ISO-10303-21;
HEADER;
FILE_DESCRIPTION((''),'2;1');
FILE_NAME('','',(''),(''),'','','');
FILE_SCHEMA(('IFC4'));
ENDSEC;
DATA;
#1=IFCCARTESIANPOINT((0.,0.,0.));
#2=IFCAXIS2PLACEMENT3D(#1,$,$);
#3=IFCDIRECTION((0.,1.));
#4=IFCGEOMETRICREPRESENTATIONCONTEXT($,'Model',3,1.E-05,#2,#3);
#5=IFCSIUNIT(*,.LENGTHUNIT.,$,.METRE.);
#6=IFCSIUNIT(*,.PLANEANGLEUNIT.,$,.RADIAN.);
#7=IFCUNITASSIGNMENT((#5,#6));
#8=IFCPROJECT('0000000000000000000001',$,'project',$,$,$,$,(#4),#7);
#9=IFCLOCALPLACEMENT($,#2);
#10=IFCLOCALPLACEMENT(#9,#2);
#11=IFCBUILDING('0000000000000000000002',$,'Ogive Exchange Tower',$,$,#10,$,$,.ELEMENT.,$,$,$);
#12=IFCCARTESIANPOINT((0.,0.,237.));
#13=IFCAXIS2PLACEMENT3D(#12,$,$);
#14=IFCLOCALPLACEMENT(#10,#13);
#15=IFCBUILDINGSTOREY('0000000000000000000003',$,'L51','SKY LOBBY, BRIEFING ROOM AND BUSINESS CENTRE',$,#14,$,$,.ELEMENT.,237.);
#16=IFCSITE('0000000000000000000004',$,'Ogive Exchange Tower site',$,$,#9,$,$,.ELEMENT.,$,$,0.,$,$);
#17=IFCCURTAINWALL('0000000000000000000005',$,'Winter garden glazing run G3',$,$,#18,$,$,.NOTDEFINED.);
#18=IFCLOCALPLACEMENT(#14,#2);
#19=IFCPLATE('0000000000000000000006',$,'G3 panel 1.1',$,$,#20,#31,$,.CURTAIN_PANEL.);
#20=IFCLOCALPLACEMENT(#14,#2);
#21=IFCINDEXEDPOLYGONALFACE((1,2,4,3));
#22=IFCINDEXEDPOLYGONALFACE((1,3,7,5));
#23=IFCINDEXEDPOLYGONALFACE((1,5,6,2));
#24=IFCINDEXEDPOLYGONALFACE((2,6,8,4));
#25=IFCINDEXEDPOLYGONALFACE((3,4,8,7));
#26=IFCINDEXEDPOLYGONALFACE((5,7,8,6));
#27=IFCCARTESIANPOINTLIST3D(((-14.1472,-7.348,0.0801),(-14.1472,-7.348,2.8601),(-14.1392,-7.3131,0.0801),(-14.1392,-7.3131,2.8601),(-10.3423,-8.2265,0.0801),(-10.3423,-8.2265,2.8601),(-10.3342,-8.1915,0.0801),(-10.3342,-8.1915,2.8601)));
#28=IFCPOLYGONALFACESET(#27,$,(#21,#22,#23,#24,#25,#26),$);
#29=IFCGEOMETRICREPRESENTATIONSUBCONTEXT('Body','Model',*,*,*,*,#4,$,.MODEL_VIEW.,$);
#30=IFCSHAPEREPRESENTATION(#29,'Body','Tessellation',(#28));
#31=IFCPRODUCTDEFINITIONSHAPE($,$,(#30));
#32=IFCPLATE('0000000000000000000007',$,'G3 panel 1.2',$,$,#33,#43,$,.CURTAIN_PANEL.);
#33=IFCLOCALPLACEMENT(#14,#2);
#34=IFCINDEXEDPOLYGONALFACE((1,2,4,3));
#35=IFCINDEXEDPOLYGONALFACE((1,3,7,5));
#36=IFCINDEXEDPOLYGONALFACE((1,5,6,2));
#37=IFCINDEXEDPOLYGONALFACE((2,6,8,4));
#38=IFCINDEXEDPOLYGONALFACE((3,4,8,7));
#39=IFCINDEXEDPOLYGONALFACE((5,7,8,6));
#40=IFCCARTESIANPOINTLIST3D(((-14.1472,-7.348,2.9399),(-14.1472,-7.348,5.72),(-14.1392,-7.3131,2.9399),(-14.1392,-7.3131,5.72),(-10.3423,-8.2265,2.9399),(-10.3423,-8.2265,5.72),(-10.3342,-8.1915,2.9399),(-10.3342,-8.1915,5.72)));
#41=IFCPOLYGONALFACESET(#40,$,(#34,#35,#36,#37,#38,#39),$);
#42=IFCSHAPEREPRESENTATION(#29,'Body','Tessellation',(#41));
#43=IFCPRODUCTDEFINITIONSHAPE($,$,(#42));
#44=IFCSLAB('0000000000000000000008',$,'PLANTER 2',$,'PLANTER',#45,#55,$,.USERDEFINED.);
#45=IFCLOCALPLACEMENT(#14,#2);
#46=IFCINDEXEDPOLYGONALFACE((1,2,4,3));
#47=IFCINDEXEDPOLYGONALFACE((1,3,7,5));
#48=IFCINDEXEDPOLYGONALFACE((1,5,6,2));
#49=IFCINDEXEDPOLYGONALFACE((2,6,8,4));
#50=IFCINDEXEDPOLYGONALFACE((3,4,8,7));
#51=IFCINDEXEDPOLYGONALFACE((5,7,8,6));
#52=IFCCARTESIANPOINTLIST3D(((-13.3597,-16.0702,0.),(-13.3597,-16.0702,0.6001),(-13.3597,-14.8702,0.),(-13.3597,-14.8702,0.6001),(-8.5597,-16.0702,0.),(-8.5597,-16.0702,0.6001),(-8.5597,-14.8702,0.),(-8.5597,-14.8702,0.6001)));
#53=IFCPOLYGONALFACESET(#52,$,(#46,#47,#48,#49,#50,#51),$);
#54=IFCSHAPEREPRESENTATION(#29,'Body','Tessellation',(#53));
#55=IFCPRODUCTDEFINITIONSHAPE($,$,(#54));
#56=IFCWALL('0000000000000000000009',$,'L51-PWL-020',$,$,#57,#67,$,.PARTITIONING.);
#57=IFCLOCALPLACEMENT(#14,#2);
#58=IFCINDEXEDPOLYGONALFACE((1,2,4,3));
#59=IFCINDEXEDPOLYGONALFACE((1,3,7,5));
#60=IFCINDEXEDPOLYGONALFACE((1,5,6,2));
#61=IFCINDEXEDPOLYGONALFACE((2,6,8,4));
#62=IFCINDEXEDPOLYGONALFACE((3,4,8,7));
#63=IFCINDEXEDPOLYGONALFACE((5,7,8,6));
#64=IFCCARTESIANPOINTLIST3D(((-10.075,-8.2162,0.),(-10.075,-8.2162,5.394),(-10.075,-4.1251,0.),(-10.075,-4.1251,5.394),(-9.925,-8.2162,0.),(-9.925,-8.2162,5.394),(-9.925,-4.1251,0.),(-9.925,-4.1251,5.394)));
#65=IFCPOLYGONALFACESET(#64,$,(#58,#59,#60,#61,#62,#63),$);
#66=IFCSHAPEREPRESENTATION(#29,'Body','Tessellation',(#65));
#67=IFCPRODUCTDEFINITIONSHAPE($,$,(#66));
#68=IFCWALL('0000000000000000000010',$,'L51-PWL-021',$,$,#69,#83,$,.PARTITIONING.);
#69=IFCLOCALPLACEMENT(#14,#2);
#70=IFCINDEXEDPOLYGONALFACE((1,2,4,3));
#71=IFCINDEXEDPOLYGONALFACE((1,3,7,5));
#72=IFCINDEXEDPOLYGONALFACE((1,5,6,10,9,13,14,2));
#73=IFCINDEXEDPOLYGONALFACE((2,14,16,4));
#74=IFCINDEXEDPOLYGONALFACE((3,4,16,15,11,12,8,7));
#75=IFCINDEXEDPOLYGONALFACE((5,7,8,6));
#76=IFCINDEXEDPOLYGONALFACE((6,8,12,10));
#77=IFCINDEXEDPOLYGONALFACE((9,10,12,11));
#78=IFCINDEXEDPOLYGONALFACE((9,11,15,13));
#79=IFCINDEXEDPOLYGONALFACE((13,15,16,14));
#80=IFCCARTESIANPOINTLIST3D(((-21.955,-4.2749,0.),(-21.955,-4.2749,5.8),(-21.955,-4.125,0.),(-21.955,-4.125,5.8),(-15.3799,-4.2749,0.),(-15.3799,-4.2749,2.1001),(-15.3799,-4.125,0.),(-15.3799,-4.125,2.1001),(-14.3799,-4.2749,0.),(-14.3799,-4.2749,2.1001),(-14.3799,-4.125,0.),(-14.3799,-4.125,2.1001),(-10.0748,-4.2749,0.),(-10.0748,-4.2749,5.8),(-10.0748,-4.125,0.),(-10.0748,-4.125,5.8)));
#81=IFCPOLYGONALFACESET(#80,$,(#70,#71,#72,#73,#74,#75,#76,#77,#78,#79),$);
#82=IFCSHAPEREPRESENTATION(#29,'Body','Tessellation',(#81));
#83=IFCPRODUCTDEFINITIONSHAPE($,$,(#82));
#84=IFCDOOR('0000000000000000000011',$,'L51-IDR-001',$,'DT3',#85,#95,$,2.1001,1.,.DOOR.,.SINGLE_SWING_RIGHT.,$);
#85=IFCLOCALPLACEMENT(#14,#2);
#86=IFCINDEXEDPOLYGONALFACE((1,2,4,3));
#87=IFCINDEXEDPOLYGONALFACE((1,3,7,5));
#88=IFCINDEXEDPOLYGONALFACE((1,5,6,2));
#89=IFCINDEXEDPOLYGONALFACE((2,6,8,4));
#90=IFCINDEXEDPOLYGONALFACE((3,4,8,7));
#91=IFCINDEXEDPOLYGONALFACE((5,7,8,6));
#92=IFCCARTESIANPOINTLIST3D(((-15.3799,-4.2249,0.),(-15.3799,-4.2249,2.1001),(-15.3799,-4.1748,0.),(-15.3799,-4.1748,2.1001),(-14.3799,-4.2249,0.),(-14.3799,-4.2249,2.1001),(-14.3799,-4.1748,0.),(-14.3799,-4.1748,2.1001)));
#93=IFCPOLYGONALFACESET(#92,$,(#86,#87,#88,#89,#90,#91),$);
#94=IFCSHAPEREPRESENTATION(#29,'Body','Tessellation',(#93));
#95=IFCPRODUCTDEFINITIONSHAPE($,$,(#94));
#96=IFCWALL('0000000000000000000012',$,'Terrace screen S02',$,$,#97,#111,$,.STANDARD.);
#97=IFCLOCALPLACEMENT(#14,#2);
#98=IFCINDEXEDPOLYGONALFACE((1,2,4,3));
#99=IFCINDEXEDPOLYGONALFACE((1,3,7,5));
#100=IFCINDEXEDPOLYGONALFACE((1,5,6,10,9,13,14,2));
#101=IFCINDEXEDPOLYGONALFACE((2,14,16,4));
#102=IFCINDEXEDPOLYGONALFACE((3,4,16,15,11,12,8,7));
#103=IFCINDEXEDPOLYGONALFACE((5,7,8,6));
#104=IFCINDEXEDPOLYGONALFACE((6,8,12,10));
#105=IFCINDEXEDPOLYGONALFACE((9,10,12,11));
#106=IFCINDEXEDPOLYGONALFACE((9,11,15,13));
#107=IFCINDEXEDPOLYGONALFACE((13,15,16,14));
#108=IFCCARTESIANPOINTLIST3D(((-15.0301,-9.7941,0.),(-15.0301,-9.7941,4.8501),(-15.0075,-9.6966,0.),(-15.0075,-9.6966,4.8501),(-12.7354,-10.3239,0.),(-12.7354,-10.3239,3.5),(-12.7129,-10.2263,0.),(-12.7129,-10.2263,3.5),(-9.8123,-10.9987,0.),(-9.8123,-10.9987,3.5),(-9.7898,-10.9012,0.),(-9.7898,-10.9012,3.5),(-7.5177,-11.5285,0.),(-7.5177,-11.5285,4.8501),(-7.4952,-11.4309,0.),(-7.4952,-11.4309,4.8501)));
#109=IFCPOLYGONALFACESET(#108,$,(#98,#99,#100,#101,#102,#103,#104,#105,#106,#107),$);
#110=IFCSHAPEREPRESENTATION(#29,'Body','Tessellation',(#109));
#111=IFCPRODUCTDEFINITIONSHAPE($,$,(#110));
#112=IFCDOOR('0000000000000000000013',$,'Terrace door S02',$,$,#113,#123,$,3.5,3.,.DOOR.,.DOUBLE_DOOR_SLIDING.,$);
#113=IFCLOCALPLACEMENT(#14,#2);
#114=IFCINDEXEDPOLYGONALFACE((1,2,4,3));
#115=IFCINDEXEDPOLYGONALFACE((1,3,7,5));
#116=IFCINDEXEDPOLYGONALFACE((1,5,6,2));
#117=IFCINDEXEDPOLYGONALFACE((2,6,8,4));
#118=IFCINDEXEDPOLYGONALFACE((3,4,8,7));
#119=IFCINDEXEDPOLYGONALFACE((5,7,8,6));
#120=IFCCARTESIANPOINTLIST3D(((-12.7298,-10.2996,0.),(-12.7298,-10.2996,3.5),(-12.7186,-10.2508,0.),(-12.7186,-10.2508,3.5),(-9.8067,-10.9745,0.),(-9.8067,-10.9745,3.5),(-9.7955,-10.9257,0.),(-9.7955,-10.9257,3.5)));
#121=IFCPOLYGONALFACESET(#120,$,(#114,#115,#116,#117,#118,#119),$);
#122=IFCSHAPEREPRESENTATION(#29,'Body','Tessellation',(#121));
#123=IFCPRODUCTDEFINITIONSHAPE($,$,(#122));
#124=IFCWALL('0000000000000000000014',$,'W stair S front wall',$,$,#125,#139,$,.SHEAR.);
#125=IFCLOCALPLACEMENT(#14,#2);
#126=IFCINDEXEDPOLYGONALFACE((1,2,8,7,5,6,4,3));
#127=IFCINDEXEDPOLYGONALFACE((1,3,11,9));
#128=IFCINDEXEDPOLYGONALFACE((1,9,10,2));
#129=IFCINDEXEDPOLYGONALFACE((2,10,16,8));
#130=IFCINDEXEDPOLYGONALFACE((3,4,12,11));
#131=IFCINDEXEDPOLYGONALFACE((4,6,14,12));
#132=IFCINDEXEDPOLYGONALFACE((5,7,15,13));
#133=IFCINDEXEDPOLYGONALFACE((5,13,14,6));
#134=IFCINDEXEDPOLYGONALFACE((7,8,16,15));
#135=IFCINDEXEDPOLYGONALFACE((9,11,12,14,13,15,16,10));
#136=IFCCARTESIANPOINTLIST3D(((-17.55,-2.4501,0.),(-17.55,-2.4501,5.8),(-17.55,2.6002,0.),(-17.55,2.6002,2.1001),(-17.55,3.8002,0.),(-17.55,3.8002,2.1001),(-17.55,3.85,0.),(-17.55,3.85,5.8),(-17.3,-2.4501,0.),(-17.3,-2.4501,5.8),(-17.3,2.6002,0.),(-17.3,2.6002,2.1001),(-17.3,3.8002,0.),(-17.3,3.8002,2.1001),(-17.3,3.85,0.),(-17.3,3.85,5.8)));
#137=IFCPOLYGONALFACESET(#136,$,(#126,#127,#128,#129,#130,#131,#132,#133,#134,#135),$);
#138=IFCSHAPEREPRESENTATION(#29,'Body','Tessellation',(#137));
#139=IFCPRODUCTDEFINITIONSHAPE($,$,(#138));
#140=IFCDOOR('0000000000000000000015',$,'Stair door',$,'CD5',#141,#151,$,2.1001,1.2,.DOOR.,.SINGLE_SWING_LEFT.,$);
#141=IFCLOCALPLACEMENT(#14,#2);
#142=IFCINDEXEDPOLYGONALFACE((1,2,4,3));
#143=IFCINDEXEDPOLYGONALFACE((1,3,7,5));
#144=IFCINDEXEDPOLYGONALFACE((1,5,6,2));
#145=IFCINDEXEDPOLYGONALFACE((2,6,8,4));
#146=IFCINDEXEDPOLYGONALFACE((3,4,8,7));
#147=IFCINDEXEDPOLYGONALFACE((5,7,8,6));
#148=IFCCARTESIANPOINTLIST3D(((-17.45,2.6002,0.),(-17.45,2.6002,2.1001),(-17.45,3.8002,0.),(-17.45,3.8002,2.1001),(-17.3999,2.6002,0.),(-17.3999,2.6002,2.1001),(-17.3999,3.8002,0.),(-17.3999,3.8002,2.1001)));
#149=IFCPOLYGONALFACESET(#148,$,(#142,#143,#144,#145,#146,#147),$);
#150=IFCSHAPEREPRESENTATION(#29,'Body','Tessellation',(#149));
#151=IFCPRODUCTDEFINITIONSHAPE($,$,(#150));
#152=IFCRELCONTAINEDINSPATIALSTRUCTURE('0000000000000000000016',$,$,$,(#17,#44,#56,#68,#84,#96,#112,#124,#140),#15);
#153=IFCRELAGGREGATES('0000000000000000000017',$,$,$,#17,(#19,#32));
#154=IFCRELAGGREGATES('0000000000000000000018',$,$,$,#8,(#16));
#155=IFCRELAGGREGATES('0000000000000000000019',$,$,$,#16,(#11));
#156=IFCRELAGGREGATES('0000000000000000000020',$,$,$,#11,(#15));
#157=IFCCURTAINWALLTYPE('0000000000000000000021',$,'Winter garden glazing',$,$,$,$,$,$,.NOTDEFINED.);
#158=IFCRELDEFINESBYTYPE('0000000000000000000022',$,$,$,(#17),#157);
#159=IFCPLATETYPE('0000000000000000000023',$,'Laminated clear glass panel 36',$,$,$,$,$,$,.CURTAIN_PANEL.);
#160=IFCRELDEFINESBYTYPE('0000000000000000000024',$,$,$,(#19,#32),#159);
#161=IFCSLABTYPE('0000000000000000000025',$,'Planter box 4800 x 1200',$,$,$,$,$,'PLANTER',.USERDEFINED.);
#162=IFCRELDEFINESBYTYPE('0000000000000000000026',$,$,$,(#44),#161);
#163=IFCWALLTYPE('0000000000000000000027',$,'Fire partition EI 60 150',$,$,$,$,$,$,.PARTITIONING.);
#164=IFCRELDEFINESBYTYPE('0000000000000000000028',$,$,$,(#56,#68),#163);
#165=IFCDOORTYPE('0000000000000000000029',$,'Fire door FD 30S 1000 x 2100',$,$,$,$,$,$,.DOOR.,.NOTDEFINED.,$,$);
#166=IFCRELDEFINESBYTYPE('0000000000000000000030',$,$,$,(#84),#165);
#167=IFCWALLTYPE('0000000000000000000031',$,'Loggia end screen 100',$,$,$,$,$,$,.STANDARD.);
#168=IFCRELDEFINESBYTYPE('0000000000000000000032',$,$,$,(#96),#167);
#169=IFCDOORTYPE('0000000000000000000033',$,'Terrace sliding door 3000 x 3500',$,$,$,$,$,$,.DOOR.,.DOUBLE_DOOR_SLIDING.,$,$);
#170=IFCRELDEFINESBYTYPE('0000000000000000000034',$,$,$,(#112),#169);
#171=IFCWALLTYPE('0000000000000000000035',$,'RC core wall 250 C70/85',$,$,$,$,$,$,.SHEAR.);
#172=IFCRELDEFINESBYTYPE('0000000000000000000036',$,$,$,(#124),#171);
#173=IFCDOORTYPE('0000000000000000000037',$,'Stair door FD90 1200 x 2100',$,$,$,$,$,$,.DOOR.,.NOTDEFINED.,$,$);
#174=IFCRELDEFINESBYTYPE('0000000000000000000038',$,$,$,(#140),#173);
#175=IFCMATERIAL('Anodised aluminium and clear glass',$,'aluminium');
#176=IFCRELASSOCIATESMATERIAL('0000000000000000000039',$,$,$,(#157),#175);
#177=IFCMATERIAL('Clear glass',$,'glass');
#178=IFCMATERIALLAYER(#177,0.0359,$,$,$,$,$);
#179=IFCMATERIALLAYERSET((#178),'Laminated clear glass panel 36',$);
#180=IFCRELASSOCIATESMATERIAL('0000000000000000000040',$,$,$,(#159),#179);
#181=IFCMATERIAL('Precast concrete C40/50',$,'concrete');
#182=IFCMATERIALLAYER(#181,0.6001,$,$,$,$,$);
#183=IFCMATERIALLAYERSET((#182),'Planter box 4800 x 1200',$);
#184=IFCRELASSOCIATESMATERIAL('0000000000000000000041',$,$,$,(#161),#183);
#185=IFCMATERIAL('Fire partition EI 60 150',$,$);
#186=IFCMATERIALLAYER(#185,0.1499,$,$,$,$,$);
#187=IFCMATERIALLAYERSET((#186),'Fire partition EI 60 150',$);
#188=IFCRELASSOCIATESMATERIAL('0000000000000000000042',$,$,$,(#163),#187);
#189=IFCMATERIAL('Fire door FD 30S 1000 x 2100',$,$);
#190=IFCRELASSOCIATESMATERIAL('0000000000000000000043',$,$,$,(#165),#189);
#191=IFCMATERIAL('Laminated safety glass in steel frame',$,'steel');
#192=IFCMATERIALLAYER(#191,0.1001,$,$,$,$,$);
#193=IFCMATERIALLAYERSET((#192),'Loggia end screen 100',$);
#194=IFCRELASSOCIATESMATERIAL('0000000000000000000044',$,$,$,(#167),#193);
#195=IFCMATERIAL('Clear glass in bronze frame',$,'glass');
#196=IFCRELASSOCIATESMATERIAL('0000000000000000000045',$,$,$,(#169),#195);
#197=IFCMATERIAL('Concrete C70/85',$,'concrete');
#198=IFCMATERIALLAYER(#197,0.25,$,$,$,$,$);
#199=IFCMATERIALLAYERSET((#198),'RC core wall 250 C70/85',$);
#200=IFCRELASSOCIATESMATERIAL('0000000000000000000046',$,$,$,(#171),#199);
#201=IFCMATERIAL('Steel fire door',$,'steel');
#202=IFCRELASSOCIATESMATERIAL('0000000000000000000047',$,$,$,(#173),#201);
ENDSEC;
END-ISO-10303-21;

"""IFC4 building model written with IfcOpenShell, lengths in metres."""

from ifc_helpers import new_model, si_unit, direction, frame, frame_2d, origin, origin_2d, place, context, subcontext, project, spatial, rectangle, extrude, material, layer, layer_set, type_object, element, fill, aggregate, save


model = new_model("IFC4")

# Units and contexts
model_context = context("Model", 3, precision=1e-05, world=origin(), true_north=direction((0.0, 1.0)))
body_context = subcontext(model_context, "Body", "Model", "MODEL_VIEW")
ifc_project = project(units=[si_unit("LENGTHUNIT", "METRE"), si_unit("PLANEANGLEUNIT", "RADIAN")], contexts=[model_context])

# Site, building, storey
site_placement = place(None, origin())
site = spatial("IfcSite", under=ifc_project, at=site_placement, Name="Ogive Exchange Tower site", CompositionType="ELEMENT", RefElevation=0.0)
building_placement = place(site_placement, origin())
building = spatial("IfcBuilding", under=site, at=building_placement, Name="Ogive Exchange Tower", CompositionType="ELEMENT")
storey_placement = place(building_placement, frame((0.0, 0.0, 237.0)))
storey = spatial("IfcBuildingStorey", under=building, at=storey_placement, Name="L51", Description="SKY LOBBY, BRIEFING ROOM AND BUSINESS CENTRE", CompositionType="ELEMENT", Elevation=237.0)

# Curtain wall, plates
ifc_material_1 = material(Name="Anodised aluminium and clear glass", Category="aluminium")
curtain_wall_type = type_object("IfcCurtainWallType", Name="Winter garden glazing", PredefinedType="NOTDEFINED", material=ifc_material_1)
curtain_wall_placement = place(storey_placement, origin())
curtain_wall = element("IfcCurtainWall", 1, at=curtain_wall_placement, inside=storey, type_object=curtain_wall_type, Name="Winter garden glazing run G3", PredefinedType="NOTDEFINED")
ifc_material_2 = material(Name="Clear glass", Category="glass")
ifc_layer_1 = layer(ifc_material_2, 0.0359)
ifc_layer_set_1 = layer_set([ifc_layer_1], Name="Laminated clear glass panel 36")
plate_type = type_object("IfcPlateType", Name="Laminated clear glass panel 36", PredefinedType="CURTAIN_PANEL", material=ifc_layer_set_1)
plate_1_placement = place(storey_placement, frame((-12.2407, -7.7698, 0.0801), z_axis=(0.0, 0.0, 1.0), x_axis=(0.974368, -0.224958, 0.0)))
plate_1 = element("IfcPlate", 2, at=plate_1_placement, type_object=plate_type, Name="G3 panel 1.1", PredefinedType="CURTAIN_PANEL", context=body_context, shape_type="SweptSolid", body=[
    extrude(rectangle(XDim=3.905, YDim=0.0359, at=origin_2d()), origin(), (0.0, 0.0, 1.0), 2.78),
])
plate_2_placement = place(storey_placement, frame((-12.2407, -7.7698, 2.9399), z_axis=(0.0, 0.0, 1.0), x_axis=(0.974368, -0.224958, 0.0)))
plate_2 = element("IfcPlate", 3, at=plate_2_placement, type_object=plate_type, Name="G3 panel 1.2", PredefinedType="CURTAIN_PANEL", context=body_context, shape_type="SweptSolid", body=[
    extrude(rectangle(XDim=3.905, YDim=0.0359, at=origin_2d()), origin(), (0.0, 0.0, 1.0), 2.78),
])
aggregate(curtain_wall, [plate_1, plate_2])

# Slab
ifc_material_3 = material(Name="Precast concrete C40/50", Category="concrete")
ifc_layer_2 = layer(ifc_material_3, 0.6001)
ifc_layer_set_2 = layer_set([ifc_layer_2], Name="Planter box 4800 x 1200")
slab_type = type_object("IfcSlabType", Name="Planter box 4800 x 1200", ElementType="PLANTER", PredefinedType="USERDEFINED", material=ifc_layer_set_2)
slab_placement = place(storey_placement, frame((-10.9597, -15.4702, 0.0), z_axis=(0.0, 0.0, 1.0), x_axis=(1.0, 0.0, 0.0)))
element("IfcSlab", 4, at=slab_placement, inside=storey, type_object=slab_type, Name="PLANTER 2", ObjectType="PLANTER", PredefinedType="USERDEFINED", context=body_context, shape_type="SweptSolid", body=[
    extrude(rectangle(XDim=4.8, YDim=1.2, at=origin_2d()), origin(), (0.0, 0.0, 1.0), 0.6001),
])

# Wall
ifc_material_4 = material(Name="Fire partition EI 60 150")
ifc_layer_3 = layer(ifc_material_4, 0.1499)
ifc_layer_set_3 = layer_set([ifc_layer_3], Name="Fire partition EI 60 150")
wall_type_1 = type_object("IfcWallType", Name="Fire partition EI 60 150", PredefinedType="PARTITIONING", material=ifc_layer_set_3)
wall_1_placement = place(storey_placement, frame((-10.0, -8.2161, 0.0), z_axis=(0.0, 0.0, 1.0), x_axis=(0.0, 1.0, 0.0)))
element("IfcWall", 5, at=wall_1_placement, inside=storey, type_object=wall_type_1, Name="L51-PWL-020", PredefinedType="PARTITIONING", context=body_context, shape_type="SweptSolid", body=[
    extrude(rectangle(XDim=4.0911, YDim=0.1499, at=frame_2d((2.0454, 0.0))), origin(), (0.0, 0.0, 1.0), 5.394),
])

# Walls, openings, doors
wall_2_placement = place(storey_placement, frame((-10.075, -4.2, 0.0), z_axis=(0.0, 0.0, 1.0), x_axis=(-1.0, 0.0, 0.0)))
wall_2 = element("IfcWall", 6, at=wall_2_placement, inside=storey, type_object=wall_type_1, Name="L51-PWL-021", PredefinedType="PARTITIONING", context=body_context, shape_type="SweptSolid", body=[
    extrude(rectangle(XDim=11.8801, YDim=0.1499, at=frame_2d((5.9399, 0.0))), origin(), (0.0, 0.0, 1.0), 5.8),
])
opening_1_placement = place(wall_2_placement, frame((4.3049, 0.0, 0.0)))
opening_1 = element("IfcOpeningElement", 7, at=opening_1_placement, cuts=wall_2, PredefinedType="OPENING", context=body_context, shape_type="SweptSolid", body=[
    extrude(rectangle(XDim=1.0, YDim=2.1001, at=frame_2d((0.5, 1.05))), frame((0.0, 0.085, 0.0), z_axis=(0.0, -1.0, 0.0), x_axis=(1.0, 0.0, 0.0)), (0.0, 0.0, 1.0), 0.1699),
])
ifc_material_5 = material(Name="Fire door FD 30S 1000 x 2100")
door_type_1 = type_object("IfcDoorType", Name="Fire door FD 30S 1000 x 2100", OperationType="NOTDEFINED", PredefinedType="DOOR", material=ifc_material_5)
door_1_placement = place(opening_1_placement, origin())
door_1 = element("IfcDoor", 8, at=door_1_placement, inside=storey, type_object=door_type_1, Name="L51-IDR-001", ObjectType="DT3", OperationType="SINGLE_SWING_RIGHT", OverallHeight=2.1001, OverallWidth=1.0, PredefinedType="DOOR", context=body_context, shape_type="SweptSolid", body=[
    extrude(rectangle(XDim=1.0, YDim=2.1001, at=frame_2d((0.5, 1.05))), frame((0.0, 0.0249, 0.0), z_axis=(0.0, -1.0, 0.0), x_axis=(1.0, 0.0, 0.0)), (0.0, 0.0, 1.0), 0.05),
])
fill(opening_1, door_1)
ifc_material_6 = material(Name="Laminated safety glass in steel frame", Category="steel")
ifc_layer_4 = layer(ifc_material_6, 0.1001)
ifc_layer_set_4 = layer_set([ifc_layer_4], Name="Loggia end screen 100")
wall_type_2 = type_object("IfcWallType", Name="Loggia end screen 100", PredefinedType="STANDARD", material=ifc_layer_set_4)
wall_3_placement = place(storey_placement, frame((-15.0188, -9.7454, 0.0), z_axis=(0.0, 0.0, 1.0), x_axis=(0.97437, -0.22495, 0.0)))
wall_3 = element("IfcWall", 9, at=wall_3_placement, inside=storey, type_object=wall_type_2, Name="Terrace screen S02", PredefinedType="STANDARD", context=body_context, shape_type="SweptSolid", body=[
    extrude(rectangle(XDim=7.71, YDim=0.1001, at=frame_2d((3.855, 0.0))), origin(), (0.0, 0.0, 1.0), 4.8501),
])
opening_2_placement = place(wall_3_placement, frame((2.355, 0.0, 0.0)))
opening_2 = element("IfcOpeningElement", 10, at=opening_2_placement, cuts=wall_3, PredefinedType="OPENING", context=body_context, shape_type="SweptSolid", body=[
    extrude(rectangle(XDim=3.0, YDim=3.5, at=frame_2d((1.5, 1.75))), frame((0.0, 0.0601, 0.0), z_axis=(0.0, -1.0, 0.0), x_axis=(1.0, 0.0, 0.0)), (0.0, 0.0, 1.0), 0.1201),
])
ifc_material_7 = material(Name="Clear glass in bronze frame", Category="glass")
door_type_2 = type_object("IfcDoorType", Name="Terrace sliding door 3000 x 3500", OperationType="DOUBLE_DOOR_SLIDING", PredefinedType="DOOR", material=ifc_material_7)
door_2_placement = place(opening_2_placement, origin())
door_2 = element("IfcDoor", 11, at=door_2_placement, inside=storey, type_object=door_type_2, Name="Terrace door S02", OperationType="DOUBLE_DOOR_SLIDING", OverallHeight=3.5, OverallWidth=3.0, PredefinedType="DOOR", context=body_context, shape_type="SweptSolid", body=[
    extrude(rectangle(XDim=3.0, YDim=3.5, at=frame_2d((1.5, 1.75))), frame((0.0, 0.0249, 0.0), z_axis=(0.0, -1.0, 0.0), x_axis=(1.0, 0.0, 0.0)), (0.0, 0.0, 1.0), 0.05),
])
fill(opening_2, door_2)
ifc_material_8 = material(Name="Concrete C70/85", Category="concrete")
ifc_layer_5 = layer(ifc_material_8, 0.25)
ifc_layer_set_5 = layer_set([ifc_layer_5], Name="RC core wall 250 C70/85")
wall_type_3 = type_object("IfcWallType", Name="RC core wall 250 C70/85", PredefinedType="SHEAR", material=ifc_layer_set_5)
wall_4_placement = place(storey_placement, frame((-17.425, -2.45, 0.0), z_axis=(0.0, 0.0, 1.0), x_axis=(0.0, 1.0, 0.0)))
wall_4 = element("IfcWall", 12, at=wall_4_placement, inside=storey, type_object=wall_type_3, Name="W stair S front wall", PredefinedType="SHEAR", context=body_context, shape_type="SweptSolid", body=[
    extrude(rectangle(XDim=6.3, YDim=0.25, at=frame_2d((3.1499, 0.0))), origin(), (0.0, 0.0, 1.0), 5.8),
])
opening_3_placement = place(wall_4_placement, frame((5.05, 0.0, 0.0)))
opening_3 = element("IfcOpeningElement", 13, at=opening_3_placement, cuts=wall_4, PredefinedType="OPENING", context=body_context, shape_type="SweptSolid", body=[
    extrude(rectangle(XDim=1.2, YDim=2.1001, at=frame_2d((0.6001, 1.05))), frame((0.0, 0.135, 0.0), z_axis=(0.0, -1.0, 0.0), x_axis=(1.0, 0.0, 0.0)), (0.0, 0.0, 1.0), 0.27),
])
ifc_material_9 = material(Name="Steel fire door", Category="steel")
door_type_3 = type_object("IfcDoorType", Name="Stair door FD90 1200 x 2100", OperationType="NOTDEFINED", PredefinedType="DOOR", material=ifc_material_9)
door_3_placement = place(opening_3_placement, origin())
door_3 = element("IfcDoor", 14, at=door_3_placement, inside=storey, type_object=door_type_3, Name="Stair door", ObjectType="CD5", OperationType="SINGLE_SWING_LEFT", OverallHeight=2.1001, OverallWidth=1.2, PredefinedType="DOOR", context=body_context, shape_type="SweptSolid", body=[
    extrude(rectangle(XDim=1.2, YDim=2.1001, at=frame_2d((0.6001, 1.05))), frame((0.0, 0.0249, 0.0), z_axis=(0.0, -1.0, 0.0), x_axis=(1.0, 0.0, 0.0)), (0.0, 0.0, 1.0), 0.05),
])
fill(opening_3, door_3)

save(model, "model.ifc")
